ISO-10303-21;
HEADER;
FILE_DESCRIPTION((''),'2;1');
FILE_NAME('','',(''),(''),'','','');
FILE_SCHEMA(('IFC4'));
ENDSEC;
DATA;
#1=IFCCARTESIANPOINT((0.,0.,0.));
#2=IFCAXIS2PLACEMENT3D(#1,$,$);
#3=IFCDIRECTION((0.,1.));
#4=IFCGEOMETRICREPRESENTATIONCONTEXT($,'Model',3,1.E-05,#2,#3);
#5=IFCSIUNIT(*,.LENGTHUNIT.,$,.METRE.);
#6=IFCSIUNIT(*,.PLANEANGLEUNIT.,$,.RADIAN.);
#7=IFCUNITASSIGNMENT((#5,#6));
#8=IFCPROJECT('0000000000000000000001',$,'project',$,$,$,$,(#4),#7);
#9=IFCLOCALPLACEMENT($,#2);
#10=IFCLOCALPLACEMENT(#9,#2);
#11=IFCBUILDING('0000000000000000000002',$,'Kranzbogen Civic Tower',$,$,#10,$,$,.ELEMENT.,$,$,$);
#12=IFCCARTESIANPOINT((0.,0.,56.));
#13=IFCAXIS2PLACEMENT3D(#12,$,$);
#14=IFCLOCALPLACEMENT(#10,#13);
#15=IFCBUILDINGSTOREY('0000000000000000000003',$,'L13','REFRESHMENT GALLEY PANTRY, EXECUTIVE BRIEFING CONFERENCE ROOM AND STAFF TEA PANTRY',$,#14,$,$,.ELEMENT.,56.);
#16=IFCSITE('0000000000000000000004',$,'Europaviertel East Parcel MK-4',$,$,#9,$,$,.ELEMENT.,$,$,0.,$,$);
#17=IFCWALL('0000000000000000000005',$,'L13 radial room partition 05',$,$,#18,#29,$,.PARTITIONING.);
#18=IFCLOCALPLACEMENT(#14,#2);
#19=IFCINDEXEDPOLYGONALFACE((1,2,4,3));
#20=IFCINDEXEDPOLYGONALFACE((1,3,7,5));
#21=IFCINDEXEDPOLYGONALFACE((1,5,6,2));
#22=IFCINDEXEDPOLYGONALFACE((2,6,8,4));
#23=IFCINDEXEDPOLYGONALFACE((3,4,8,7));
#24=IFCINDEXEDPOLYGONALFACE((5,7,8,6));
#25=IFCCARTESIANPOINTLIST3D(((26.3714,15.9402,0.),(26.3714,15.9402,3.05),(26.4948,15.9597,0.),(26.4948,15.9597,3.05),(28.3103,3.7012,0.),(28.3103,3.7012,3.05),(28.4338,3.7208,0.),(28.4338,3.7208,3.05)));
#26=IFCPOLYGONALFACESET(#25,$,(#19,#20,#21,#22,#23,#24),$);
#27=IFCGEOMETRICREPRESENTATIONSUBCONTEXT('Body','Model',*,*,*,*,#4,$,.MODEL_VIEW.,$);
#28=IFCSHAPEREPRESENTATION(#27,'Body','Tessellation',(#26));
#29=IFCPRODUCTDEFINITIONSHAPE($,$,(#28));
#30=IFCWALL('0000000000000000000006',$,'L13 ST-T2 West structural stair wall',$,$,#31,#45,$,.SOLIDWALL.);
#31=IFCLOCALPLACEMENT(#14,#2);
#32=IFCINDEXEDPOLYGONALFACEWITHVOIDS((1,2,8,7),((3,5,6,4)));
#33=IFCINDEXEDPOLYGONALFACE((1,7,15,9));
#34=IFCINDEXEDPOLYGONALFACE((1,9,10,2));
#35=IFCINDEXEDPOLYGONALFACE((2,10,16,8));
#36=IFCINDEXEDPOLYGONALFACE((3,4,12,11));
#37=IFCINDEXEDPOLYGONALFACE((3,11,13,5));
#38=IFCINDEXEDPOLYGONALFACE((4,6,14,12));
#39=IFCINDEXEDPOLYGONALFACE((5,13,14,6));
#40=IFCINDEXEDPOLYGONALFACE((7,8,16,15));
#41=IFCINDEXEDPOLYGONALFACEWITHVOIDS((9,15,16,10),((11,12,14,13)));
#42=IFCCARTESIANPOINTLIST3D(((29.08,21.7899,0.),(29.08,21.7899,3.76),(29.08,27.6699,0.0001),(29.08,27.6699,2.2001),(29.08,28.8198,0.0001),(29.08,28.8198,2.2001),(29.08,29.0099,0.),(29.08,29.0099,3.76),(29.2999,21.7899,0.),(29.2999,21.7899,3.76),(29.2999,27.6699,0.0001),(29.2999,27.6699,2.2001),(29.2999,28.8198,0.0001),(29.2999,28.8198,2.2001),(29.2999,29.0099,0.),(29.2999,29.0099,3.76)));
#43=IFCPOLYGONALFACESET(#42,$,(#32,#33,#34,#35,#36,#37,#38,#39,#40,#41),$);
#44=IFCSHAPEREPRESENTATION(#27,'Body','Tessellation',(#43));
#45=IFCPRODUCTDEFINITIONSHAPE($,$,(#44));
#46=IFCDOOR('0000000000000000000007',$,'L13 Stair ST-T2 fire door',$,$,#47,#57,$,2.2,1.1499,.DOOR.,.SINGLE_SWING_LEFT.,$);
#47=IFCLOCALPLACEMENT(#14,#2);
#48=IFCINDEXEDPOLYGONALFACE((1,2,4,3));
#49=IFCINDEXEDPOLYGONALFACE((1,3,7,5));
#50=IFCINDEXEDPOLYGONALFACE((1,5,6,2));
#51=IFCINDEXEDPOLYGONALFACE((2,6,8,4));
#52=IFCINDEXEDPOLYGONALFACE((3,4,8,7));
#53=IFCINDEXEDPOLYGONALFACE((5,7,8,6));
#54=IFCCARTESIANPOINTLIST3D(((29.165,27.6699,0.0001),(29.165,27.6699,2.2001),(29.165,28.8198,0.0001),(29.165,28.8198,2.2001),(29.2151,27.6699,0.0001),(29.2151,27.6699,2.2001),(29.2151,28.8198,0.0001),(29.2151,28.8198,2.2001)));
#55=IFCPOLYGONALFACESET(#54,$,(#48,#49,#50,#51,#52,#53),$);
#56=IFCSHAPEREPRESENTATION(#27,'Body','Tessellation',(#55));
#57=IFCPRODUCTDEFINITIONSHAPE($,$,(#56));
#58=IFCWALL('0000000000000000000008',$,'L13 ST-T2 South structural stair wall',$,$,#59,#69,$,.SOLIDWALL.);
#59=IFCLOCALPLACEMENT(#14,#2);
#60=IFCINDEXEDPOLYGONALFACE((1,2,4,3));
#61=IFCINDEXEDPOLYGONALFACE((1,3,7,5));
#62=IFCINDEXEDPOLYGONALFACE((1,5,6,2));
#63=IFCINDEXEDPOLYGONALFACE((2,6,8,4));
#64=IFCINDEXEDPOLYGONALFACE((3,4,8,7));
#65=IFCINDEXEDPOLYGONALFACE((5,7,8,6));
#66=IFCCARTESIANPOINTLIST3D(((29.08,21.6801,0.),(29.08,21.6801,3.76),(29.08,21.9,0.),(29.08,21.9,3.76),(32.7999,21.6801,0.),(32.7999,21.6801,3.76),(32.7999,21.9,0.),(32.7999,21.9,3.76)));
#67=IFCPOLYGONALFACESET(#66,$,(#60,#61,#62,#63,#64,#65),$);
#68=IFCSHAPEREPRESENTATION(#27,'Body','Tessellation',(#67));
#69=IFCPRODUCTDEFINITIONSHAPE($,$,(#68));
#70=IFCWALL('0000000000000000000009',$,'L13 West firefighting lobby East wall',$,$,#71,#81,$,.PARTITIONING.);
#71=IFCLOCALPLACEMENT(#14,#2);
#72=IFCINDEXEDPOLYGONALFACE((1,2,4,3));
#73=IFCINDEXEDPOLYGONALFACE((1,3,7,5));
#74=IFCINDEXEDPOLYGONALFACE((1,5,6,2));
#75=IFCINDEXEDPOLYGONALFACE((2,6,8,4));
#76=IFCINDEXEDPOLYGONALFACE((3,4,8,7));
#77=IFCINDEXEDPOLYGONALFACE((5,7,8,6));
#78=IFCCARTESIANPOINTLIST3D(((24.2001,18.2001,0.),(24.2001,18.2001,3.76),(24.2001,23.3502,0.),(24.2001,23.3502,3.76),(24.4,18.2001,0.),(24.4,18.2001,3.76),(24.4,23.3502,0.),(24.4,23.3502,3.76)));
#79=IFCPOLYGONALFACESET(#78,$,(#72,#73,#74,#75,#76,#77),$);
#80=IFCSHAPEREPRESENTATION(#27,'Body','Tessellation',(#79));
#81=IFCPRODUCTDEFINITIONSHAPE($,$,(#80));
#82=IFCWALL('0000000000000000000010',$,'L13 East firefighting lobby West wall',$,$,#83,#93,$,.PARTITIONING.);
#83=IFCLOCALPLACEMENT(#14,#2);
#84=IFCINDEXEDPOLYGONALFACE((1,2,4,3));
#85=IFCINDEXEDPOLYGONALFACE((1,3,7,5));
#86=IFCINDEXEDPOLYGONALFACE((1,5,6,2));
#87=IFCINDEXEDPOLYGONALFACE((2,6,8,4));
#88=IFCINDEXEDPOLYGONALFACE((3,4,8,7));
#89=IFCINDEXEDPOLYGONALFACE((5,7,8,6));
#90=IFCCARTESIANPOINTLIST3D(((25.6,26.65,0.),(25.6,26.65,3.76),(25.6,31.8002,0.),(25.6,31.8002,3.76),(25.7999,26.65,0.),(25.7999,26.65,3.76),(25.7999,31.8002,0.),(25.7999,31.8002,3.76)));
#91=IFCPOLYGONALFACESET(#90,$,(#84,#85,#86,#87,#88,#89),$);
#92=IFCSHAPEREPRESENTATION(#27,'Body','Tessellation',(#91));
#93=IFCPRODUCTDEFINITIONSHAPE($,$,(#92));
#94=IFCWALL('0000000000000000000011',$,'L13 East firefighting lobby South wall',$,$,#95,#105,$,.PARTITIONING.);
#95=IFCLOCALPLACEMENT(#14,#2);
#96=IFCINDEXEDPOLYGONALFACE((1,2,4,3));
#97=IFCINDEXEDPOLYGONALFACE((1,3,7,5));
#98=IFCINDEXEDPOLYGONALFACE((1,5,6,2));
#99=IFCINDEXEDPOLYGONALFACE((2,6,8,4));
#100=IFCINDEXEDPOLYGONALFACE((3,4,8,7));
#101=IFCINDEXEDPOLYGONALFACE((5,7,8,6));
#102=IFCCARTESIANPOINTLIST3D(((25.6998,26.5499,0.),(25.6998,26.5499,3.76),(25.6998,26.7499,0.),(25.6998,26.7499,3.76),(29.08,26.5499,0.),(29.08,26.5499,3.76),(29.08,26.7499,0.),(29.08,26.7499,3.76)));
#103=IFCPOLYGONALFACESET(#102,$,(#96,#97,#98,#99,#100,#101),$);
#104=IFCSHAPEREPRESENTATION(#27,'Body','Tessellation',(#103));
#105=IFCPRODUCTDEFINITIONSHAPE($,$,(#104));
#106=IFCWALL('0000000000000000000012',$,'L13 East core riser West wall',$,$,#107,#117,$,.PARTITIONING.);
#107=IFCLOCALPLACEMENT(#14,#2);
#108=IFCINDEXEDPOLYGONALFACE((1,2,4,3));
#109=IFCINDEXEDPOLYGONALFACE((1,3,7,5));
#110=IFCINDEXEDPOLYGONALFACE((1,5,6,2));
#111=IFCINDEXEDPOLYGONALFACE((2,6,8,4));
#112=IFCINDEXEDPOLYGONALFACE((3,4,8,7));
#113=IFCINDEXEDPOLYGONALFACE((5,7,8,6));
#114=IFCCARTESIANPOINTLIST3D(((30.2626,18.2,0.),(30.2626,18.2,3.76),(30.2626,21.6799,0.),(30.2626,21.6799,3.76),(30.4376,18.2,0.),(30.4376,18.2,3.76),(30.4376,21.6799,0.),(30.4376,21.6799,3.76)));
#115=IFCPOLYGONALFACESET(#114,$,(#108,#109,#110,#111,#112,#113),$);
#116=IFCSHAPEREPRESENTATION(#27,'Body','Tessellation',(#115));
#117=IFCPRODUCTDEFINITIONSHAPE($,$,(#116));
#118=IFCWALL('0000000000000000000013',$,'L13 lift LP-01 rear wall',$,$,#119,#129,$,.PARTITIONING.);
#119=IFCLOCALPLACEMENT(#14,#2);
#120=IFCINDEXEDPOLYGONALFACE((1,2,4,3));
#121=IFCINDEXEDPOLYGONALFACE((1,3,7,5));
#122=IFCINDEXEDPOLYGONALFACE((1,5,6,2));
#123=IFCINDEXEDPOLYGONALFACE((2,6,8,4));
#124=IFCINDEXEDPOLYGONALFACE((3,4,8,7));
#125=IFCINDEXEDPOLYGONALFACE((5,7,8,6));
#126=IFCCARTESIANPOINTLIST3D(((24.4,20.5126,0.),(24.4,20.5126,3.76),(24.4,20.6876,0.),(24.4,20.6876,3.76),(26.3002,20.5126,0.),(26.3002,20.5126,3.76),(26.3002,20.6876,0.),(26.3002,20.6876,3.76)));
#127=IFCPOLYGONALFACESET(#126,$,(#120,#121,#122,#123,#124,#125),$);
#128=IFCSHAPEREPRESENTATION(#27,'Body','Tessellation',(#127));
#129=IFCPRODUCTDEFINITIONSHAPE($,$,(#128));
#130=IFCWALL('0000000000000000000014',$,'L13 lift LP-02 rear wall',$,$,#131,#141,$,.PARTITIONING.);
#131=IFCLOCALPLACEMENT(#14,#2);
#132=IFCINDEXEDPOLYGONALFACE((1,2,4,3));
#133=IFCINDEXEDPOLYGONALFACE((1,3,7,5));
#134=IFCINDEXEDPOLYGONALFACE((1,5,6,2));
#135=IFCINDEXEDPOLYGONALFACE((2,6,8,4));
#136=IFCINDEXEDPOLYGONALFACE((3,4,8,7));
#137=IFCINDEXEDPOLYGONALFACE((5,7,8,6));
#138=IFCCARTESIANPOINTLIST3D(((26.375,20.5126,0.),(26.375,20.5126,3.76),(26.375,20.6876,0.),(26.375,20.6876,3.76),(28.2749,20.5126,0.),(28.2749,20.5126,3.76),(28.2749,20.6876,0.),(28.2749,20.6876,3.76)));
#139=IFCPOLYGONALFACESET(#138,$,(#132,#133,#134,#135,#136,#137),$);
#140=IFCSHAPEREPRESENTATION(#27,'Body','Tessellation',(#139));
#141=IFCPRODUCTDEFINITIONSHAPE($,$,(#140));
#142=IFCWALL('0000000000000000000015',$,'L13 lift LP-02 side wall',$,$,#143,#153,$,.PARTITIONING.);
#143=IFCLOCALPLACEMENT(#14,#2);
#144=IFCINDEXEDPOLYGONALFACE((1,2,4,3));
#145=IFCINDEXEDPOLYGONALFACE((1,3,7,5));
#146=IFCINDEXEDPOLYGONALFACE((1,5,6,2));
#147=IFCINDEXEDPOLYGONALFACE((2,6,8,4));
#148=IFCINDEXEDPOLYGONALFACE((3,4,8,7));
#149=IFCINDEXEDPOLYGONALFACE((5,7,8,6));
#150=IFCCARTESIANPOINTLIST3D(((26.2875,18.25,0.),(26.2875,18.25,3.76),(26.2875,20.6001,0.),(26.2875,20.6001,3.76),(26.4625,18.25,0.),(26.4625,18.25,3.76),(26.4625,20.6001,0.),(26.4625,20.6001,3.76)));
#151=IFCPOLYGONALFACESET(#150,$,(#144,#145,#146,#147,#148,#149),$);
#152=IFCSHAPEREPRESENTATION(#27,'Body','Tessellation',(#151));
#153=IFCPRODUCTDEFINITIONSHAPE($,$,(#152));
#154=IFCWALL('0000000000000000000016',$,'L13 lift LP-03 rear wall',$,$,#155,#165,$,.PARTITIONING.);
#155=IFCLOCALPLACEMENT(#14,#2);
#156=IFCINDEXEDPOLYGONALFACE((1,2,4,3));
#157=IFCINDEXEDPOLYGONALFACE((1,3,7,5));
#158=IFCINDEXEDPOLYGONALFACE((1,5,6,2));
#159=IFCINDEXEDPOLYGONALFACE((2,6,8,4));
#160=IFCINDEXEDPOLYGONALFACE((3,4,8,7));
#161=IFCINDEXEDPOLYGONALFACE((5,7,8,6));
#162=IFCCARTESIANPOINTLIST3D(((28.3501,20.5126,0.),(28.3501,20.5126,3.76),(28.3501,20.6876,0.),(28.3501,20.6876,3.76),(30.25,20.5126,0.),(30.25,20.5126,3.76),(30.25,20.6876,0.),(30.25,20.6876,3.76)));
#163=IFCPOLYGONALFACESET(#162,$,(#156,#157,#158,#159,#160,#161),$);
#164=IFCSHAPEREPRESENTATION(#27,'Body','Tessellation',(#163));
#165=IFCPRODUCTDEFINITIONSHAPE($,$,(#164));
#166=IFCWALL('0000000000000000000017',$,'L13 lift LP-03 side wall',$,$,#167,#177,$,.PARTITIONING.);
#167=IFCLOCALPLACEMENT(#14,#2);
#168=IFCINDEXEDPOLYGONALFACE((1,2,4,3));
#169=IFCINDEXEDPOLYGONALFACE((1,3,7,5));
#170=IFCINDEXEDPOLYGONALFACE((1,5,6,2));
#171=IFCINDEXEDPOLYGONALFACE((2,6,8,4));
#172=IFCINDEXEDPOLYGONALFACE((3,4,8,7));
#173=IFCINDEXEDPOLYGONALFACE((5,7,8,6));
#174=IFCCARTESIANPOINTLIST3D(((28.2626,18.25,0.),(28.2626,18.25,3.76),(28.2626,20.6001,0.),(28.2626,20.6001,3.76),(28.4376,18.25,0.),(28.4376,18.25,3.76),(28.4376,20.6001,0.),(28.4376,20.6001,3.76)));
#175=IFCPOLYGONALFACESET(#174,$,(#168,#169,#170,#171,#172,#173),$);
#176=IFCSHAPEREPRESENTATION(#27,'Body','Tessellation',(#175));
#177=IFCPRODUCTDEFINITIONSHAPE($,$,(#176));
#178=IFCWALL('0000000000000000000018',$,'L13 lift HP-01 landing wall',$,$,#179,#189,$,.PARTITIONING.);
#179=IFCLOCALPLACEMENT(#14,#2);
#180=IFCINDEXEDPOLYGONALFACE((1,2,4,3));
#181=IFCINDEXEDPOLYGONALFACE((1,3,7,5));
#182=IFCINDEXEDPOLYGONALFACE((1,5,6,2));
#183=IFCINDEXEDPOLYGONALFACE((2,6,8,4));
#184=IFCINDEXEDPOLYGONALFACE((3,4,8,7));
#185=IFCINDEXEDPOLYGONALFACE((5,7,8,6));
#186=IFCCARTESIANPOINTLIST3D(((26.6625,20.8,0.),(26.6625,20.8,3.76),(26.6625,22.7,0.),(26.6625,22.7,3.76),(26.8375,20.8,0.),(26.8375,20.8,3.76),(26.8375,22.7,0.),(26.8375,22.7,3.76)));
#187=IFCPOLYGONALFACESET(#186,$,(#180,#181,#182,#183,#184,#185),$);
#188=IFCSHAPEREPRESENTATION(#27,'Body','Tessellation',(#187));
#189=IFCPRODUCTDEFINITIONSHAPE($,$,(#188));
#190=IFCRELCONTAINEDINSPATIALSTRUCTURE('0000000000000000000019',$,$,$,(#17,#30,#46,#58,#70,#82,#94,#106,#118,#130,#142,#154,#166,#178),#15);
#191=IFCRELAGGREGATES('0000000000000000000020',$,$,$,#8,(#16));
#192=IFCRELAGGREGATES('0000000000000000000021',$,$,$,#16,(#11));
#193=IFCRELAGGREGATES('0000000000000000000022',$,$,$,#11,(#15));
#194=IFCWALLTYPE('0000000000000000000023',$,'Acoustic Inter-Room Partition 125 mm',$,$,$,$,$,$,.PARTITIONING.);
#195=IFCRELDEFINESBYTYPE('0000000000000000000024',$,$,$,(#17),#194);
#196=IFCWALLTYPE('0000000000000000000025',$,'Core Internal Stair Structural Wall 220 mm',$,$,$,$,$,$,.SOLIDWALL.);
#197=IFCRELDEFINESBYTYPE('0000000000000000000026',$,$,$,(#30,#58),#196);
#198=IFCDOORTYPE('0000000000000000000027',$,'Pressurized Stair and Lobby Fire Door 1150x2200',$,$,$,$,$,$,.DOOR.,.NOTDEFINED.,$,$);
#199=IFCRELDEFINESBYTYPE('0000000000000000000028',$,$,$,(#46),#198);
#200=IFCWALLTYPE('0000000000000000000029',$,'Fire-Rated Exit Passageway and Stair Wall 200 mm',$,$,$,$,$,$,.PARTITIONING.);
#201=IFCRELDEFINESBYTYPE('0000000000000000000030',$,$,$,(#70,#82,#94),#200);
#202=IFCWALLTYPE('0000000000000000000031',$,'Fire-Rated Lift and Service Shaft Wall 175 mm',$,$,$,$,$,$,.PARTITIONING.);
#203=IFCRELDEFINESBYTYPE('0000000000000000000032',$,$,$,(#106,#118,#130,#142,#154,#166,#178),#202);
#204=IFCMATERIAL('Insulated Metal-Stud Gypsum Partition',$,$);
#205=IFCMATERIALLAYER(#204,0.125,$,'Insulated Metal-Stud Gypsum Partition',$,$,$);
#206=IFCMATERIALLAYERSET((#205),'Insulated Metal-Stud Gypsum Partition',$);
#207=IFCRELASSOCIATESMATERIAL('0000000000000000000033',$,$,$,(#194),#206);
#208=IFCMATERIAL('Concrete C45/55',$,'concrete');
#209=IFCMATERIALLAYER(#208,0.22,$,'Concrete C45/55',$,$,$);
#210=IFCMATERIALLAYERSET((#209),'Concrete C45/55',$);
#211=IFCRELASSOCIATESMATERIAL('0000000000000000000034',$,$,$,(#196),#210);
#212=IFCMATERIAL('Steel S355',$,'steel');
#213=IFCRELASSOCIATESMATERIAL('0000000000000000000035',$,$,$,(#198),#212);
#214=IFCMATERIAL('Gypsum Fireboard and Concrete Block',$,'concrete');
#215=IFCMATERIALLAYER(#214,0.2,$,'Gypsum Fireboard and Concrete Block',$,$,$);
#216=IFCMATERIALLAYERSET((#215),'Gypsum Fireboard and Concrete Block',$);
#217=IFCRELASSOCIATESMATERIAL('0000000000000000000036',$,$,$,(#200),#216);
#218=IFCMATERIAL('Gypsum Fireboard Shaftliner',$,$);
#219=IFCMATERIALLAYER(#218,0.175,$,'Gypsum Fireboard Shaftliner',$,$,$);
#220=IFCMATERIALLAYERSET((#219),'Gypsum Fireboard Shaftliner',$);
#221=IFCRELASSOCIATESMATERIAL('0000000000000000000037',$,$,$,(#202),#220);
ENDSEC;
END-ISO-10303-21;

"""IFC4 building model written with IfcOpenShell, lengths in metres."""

from ifc_helpers import new_model, si_unit, direction, frame, frame_2d, origin, place, context, subcontext, project, spatial, rectangle, extrude, material, layer, layer_set, type_object, element, fill, save


model = new_model("IFC4")

# Units and contexts
model_context = context("Model", 3, precision=1e-05, world=origin(), true_north=direction((0.0, 1.0)))
body_context = subcontext(model_context, "Body", "Model", "MODEL_VIEW")
ifc_project = project(units=[si_unit("LENGTHUNIT", "METRE"), si_unit("PLANEANGLEUNIT", "RADIAN")], contexts=[model_context])

# Site, building, storey
site_placement = place(None, origin())
site = spatial("IfcSite", under=ifc_project, at=site_placement, Name="Europaviertel East Parcel MK-4", CompositionType="ELEMENT", RefElevation=0.0)
building_placement = place(site_placement, origin())
building = spatial("IfcBuilding", under=site, at=building_placement, Name="Kranzbogen Civic Tower", CompositionType="ELEMENT")
storey_placement = place(building_placement, frame((0.0, 0.0, 56.0)))
storey = spatial("IfcBuildingStorey", under=building, at=storey_placement, Name="L13", Description="REFRESHMENT GALLEY PANTRY, EXECUTIVE BRIEFING CONFERENCE ROOM AND STAFF TEA PANTRY", CompositionType="ELEMENT", Elevation=56.0)

# Shared definitions
ifc_material_1 = material(Name="Steel S355", Category="steel")

# Wall
ifc_material_2 = material(Name="Insulated Metal-Stud Gypsum Partition")
ifc_layer_1 = layer(ifc_material_2, 0.125, Name="Insulated Metal-Stud Gypsum Partition")
ifc_layer_set_1 = layer_set([ifc_layer_1], Name="Insulated Metal-Stud Gypsum Partition")
wall_type_1 = type_object("IfcWallType", Name="Acoustic Inter-Room Partition 125 mm", PredefinedType="PARTITIONING", material=ifc_layer_set_1)
wall_1_placement = place(storey_placement, frame((26.4331, 15.95, 0.0), z_axis=(0.0, 0.0, 1.0), x_axis=(0.156473, -0.987682, 0.0)))
element("IfcWall", 1, at=wall_1_placement, inside=storey, type_object=wall_type_1, Name="L13 radial room partition 05", PredefinedType="PARTITIONING", context=body_context, shape_type="SweptSolid", body=[
    extrude(rectangle(XDim=12.3916, YDim=0.125, at=frame_2d((6.1958, 0.0))), origin(), (0.0, 0.0, 1.0), 3.05),
])

# Wall, opening, door
ifc_material_3 = material(Name="Concrete C45/55", Category="concrete")
ifc_layer_2 = layer(ifc_material_3, 0.22, Name="Concrete C45/55")
ifc_layer_set_2 = layer_set([ifc_layer_2], Name="Concrete C45/55")
wall_type_2 = type_object("IfcWallType", Name="Core Internal Stair Structural Wall 220 mm", PredefinedType="SOLIDWALL", material=ifc_layer_set_2)
wall_2_placement = place(storey_placement, frame((29.1899, 21.79, 0.0), z_axis=(0.0, 0.0, 1.0), x_axis=(0.0, 1.0, 0.0)))
wall_2 = element("IfcWall", 2, at=wall_2_placement, inside=storey, type_object=wall_type_2, Name="L13 ST-T2 West structural stair wall", PredefinedType="SOLIDWALL", context=body_context, shape_type="SweptSolid", body=[
    extrude(rectangle(XDim=7.22, YDim=0.22, at=frame_2d((3.6099, 0.0))), origin(), (0.0, 0.0, 1.0), 3.76),
])
opening_1_placement = place(wall_2_placement, frame((5.8799, 0.0, 0.0)))
opening_1 = element("IfcOpeningElement", 3, at=opening_1_placement, cuts=wall_2, PredefinedType="OPENING", context=body_context, shape_type="SweptSolid", body=[
    extrude(rectangle(XDim=1.1499, YDim=2.2, at=frame_2d((0.575, 1.1001))), frame((0.0, 0.1201, 0.0), z_axis=(0.0, -1.0, 0.0), x_axis=(1.0, 0.0, 0.0)), (0.0, 0.0, 1.0), 0.24),
])
door_type_1 = type_object("IfcDoorType", Name="Pressurized Stair and Lobby Fire Door 1150x2200", OperationType="NOTDEFINED", PredefinedType="DOOR", material=ifc_material_1)
door_1_placement = place(opening_1_placement, origin())
door_1 = element("IfcDoor", 4, at=door_1_placement, inside=storey, type_object=door_type_1, Name="L13 Stair ST-T2 fire door", OperationType="SINGLE_SWING_LEFT", OverallHeight=2.2, OverallWidth=1.1499, PredefinedType="DOOR", context=body_context, shape_type="SweptSolid", body=[
    extrude(rectangle(XDim=1.1499, YDim=2.2, at=frame_2d((0.575, 1.1001))), frame((0.0, 0.0249, 0.0), z_axis=(0.0, -1.0, 0.0), x_axis=(1.0, 0.0, 0.0)), (0.0, 0.0, 1.0), 0.05),
])
fill(opening_1, door_1)

# Walls
wall_3_placement = place(storey_placement, frame((29.0801, 21.79, 0.0), z_axis=(0.0, 0.0, 1.0), x_axis=(1.0, 0.0, 0.0)))
element("IfcWall", 5, at=wall_3_placement, inside=storey, type_object=wall_type_2, Name="L13 ST-T2 South structural stair wall", PredefinedType="SOLIDWALL", context=body_context, shape_type="SweptSolid", body=[
    extrude(rectangle(XDim=3.72, YDim=0.22, at=frame_2d((1.8599, 0.0))), origin(), (0.0, 0.0, 1.0), 3.76),
])
ifc_material_4 = material(Name="Gypsum Fireboard and Concrete Block", Category="concrete")
ifc_layer_3 = layer(ifc_material_4, 0.2, Name="Gypsum Fireboard and Concrete Block")
ifc_layer_set_3 = layer_set([ifc_layer_3], Name="Gypsum Fireboard and Concrete Block")
wall_type_3 = type_object("IfcWallType", Name="Fire-Rated Exit Passageway and Stair Wall 200 mm", PredefinedType="PARTITIONING", material=ifc_layer_set_3)
for number, where, z_axis, x_axis, name in (
    (6, (24.3, 18.2, 0.0), (0.0, 0.0, 1.0), (0.0, 1.0, 0.0), "L13 West firefighting lobby East wall"),
    (7, (25.7, 26.6499, 0.0), (0.0, 0.0, 1.0), (0.0, 1.0, 0.0), "L13 East firefighting lobby West wall"),
):
    element("IfcWall", number, at=place(storey_placement, frame(where, z_axis=z_axis, x_axis=x_axis)), inside=storey, type_object=wall_type_3, Name=name, PredefinedType="PARTITIONING", context=body_context, shape_type="SweptSolid", body=[
        extrude(rectangle(XDim=5.1501, YDim=0.2, at=frame_2d((2.5752, 0.0))), origin(), (0.0, 0.0, 1.0), 3.76),
    ])
wall_4_placement = place(storey_placement, frame((25.7, 26.6499, 0.0), z_axis=(0.0, 0.0, 1.0), x_axis=(1.0, 0.0, 0.0)))
element("IfcWall", 8, at=wall_4_placement, inside=storey, type_object=wall_type_3, Name="L13 East firefighting lobby South wall", PredefinedType="PARTITIONING", context=body_context, shape_type="SweptSolid", body=[
    extrude(rectangle(XDim=3.3801, YDim=0.2, at=frame_2d((1.6899, 0.0))), origin(), (0.0, 0.0, 1.0), 3.76),
])
ifc_material_5 = material(Name="Gypsum Fireboard Shaftliner")
ifc_layer_4 = layer(ifc_material_5, 0.175, Name="Gypsum Fireboard Shaftliner")
ifc_layer_set_4 = layer_set([ifc_layer_4], Name="Gypsum Fireboard Shaftliner")
wall_type_4 = type_object("IfcWallType", Name="Fire-Rated Lift and Service Shaft Wall 175 mm", PredefinedType="PARTITIONING", material=ifc_layer_set_4)
wall_5_placement = place(storey_placement, frame((30.3501, 18.2, 0.0), z_axis=(0.0, 0.0, 1.0), x_axis=(0.0, 1.0, 0.0)))
element("IfcWall", 9, at=wall_5_placement, inside=storey, type_object=wall_type_4, Name="L13 East core riser West wall", PredefinedType="PARTITIONING", context=body_context, shape_type="SweptSolid", body=[
    extrude(rectangle(XDim=3.48, YDim=0.175, at=frame_2d((1.74, 0.0))), origin(), (0.0, 0.0, 1.0), 3.76),
])
wall_6_placement = place(storey_placement, frame((24.3999, 20.6001, 0.0), z_axis=(0.0, 0.0, 1.0), x_axis=(1.0, 0.0, 0.0)))
element("IfcWall", 10, at=wall_6_placement, inside=storey, type_object=wall_type_4, Name="L13 lift LP-01 rear wall", PredefinedType="PARTITIONING", context=body_context, shape_type="SweptSolid", body=[
    extrude(rectangle(XDim=1.9001, YDim=0.175, at=frame_2d((0.9502, 0.0))), origin(), (0.0, 0.0, 1.0), 3.76),
])
wall_7_placement = place(storey_placement, frame((26.375, 20.6001, 0.0), z_axis=(0.0, 0.0, 1.0), x_axis=(1.0, 0.0, 0.0)))
element("IfcWall", 11, at=wall_7_placement, inside=storey, type_object=wall_type_4, Name="L13 lift LP-02 rear wall", PredefinedType="PARTITIONING", context=body_context, shape_type="SweptSolid", body=[
    extrude(rectangle(XDim=1.8999, YDim=0.175, at=frame_2d((0.95, 0.0))), origin(), (0.0, 0.0, 1.0), 3.76),
])
wall_8_placement = place(storey_placement, frame((26.375, 18.25, 0.0), z_axis=(0.0, 0.0, 1.0), x_axis=(0.0, 1.0, 0.0)))
element("IfcWall", 12, at=wall_8_placement, inside=storey, type_object=wall_type_4, Name="L13 lift LP-02 side wall", PredefinedType="PARTITIONING", context=body_context, shape_type="SweptSolid", body=[
    extrude(rectangle(XDim=2.3501, YDim=0.175, at=frame_2d((1.175, 0.0))), origin(), (0.0, 0.0, 1.0), 3.76),
])
wall_9_placement = place(storey_placement, frame((28.3501, 20.6001, 0.0), z_axis=(0.0, 0.0, 1.0), x_axis=(1.0, 0.0, 0.0)))
element("IfcWall", 13, at=wall_9_placement, inside=storey, type_object=wall_type_4, Name="L13 lift LP-03 rear wall", PredefinedType="PARTITIONING", context=body_context, shape_type="SweptSolid", body=[
    extrude(rectangle(XDim=1.8999, YDim=0.175, at=frame_2d((0.95, 0.0))), origin(), (0.0, 0.0, 1.0), 3.76),
])
wall_10_placement = place(storey_placement, frame((28.3501, 18.25, 0.0), z_axis=(0.0, 0.0, 1.0), x_axis=(0.0, 1.0, 0.0)))
element("IfcWall", 14, at=wall_10_placement, inside=storey, type_object=wall_type_4, Name="L13 lift LP-03 side wall", PredefinedType="PARTITIONING", context=body_context, shape_type="SweptSolid", body=[
    extrude(rectangle(XDim=2.3501, YDim=0.175, at=frame_2d((1.175, 0.0))), origin(), (0.0, 0.0, 1.0), 3.76),
])
wall_11_placement = place(storey_placement, frame((26.75, 20.8, 0.0), z_axis=(0.0, 0.0, 1.0), x_axis=(0.0, 1.0, 0.0)))
element("IfcWall", 15, at=wall_11_placement, inside=storey, type_object=wall_type_4, Name="L13 lift HP-01 landing wall", PredefinedType="PARTITIONING", context=body_context, shape_type="SweptSolid", body=[
    extrude(rectangle(XDim=1.8999, YDim=0.175, at=frame_2d((0.95, 0.0))), origin(), (0.0, 0.0, 1.0), 3.76),
])

save(model, "model.ifc")
